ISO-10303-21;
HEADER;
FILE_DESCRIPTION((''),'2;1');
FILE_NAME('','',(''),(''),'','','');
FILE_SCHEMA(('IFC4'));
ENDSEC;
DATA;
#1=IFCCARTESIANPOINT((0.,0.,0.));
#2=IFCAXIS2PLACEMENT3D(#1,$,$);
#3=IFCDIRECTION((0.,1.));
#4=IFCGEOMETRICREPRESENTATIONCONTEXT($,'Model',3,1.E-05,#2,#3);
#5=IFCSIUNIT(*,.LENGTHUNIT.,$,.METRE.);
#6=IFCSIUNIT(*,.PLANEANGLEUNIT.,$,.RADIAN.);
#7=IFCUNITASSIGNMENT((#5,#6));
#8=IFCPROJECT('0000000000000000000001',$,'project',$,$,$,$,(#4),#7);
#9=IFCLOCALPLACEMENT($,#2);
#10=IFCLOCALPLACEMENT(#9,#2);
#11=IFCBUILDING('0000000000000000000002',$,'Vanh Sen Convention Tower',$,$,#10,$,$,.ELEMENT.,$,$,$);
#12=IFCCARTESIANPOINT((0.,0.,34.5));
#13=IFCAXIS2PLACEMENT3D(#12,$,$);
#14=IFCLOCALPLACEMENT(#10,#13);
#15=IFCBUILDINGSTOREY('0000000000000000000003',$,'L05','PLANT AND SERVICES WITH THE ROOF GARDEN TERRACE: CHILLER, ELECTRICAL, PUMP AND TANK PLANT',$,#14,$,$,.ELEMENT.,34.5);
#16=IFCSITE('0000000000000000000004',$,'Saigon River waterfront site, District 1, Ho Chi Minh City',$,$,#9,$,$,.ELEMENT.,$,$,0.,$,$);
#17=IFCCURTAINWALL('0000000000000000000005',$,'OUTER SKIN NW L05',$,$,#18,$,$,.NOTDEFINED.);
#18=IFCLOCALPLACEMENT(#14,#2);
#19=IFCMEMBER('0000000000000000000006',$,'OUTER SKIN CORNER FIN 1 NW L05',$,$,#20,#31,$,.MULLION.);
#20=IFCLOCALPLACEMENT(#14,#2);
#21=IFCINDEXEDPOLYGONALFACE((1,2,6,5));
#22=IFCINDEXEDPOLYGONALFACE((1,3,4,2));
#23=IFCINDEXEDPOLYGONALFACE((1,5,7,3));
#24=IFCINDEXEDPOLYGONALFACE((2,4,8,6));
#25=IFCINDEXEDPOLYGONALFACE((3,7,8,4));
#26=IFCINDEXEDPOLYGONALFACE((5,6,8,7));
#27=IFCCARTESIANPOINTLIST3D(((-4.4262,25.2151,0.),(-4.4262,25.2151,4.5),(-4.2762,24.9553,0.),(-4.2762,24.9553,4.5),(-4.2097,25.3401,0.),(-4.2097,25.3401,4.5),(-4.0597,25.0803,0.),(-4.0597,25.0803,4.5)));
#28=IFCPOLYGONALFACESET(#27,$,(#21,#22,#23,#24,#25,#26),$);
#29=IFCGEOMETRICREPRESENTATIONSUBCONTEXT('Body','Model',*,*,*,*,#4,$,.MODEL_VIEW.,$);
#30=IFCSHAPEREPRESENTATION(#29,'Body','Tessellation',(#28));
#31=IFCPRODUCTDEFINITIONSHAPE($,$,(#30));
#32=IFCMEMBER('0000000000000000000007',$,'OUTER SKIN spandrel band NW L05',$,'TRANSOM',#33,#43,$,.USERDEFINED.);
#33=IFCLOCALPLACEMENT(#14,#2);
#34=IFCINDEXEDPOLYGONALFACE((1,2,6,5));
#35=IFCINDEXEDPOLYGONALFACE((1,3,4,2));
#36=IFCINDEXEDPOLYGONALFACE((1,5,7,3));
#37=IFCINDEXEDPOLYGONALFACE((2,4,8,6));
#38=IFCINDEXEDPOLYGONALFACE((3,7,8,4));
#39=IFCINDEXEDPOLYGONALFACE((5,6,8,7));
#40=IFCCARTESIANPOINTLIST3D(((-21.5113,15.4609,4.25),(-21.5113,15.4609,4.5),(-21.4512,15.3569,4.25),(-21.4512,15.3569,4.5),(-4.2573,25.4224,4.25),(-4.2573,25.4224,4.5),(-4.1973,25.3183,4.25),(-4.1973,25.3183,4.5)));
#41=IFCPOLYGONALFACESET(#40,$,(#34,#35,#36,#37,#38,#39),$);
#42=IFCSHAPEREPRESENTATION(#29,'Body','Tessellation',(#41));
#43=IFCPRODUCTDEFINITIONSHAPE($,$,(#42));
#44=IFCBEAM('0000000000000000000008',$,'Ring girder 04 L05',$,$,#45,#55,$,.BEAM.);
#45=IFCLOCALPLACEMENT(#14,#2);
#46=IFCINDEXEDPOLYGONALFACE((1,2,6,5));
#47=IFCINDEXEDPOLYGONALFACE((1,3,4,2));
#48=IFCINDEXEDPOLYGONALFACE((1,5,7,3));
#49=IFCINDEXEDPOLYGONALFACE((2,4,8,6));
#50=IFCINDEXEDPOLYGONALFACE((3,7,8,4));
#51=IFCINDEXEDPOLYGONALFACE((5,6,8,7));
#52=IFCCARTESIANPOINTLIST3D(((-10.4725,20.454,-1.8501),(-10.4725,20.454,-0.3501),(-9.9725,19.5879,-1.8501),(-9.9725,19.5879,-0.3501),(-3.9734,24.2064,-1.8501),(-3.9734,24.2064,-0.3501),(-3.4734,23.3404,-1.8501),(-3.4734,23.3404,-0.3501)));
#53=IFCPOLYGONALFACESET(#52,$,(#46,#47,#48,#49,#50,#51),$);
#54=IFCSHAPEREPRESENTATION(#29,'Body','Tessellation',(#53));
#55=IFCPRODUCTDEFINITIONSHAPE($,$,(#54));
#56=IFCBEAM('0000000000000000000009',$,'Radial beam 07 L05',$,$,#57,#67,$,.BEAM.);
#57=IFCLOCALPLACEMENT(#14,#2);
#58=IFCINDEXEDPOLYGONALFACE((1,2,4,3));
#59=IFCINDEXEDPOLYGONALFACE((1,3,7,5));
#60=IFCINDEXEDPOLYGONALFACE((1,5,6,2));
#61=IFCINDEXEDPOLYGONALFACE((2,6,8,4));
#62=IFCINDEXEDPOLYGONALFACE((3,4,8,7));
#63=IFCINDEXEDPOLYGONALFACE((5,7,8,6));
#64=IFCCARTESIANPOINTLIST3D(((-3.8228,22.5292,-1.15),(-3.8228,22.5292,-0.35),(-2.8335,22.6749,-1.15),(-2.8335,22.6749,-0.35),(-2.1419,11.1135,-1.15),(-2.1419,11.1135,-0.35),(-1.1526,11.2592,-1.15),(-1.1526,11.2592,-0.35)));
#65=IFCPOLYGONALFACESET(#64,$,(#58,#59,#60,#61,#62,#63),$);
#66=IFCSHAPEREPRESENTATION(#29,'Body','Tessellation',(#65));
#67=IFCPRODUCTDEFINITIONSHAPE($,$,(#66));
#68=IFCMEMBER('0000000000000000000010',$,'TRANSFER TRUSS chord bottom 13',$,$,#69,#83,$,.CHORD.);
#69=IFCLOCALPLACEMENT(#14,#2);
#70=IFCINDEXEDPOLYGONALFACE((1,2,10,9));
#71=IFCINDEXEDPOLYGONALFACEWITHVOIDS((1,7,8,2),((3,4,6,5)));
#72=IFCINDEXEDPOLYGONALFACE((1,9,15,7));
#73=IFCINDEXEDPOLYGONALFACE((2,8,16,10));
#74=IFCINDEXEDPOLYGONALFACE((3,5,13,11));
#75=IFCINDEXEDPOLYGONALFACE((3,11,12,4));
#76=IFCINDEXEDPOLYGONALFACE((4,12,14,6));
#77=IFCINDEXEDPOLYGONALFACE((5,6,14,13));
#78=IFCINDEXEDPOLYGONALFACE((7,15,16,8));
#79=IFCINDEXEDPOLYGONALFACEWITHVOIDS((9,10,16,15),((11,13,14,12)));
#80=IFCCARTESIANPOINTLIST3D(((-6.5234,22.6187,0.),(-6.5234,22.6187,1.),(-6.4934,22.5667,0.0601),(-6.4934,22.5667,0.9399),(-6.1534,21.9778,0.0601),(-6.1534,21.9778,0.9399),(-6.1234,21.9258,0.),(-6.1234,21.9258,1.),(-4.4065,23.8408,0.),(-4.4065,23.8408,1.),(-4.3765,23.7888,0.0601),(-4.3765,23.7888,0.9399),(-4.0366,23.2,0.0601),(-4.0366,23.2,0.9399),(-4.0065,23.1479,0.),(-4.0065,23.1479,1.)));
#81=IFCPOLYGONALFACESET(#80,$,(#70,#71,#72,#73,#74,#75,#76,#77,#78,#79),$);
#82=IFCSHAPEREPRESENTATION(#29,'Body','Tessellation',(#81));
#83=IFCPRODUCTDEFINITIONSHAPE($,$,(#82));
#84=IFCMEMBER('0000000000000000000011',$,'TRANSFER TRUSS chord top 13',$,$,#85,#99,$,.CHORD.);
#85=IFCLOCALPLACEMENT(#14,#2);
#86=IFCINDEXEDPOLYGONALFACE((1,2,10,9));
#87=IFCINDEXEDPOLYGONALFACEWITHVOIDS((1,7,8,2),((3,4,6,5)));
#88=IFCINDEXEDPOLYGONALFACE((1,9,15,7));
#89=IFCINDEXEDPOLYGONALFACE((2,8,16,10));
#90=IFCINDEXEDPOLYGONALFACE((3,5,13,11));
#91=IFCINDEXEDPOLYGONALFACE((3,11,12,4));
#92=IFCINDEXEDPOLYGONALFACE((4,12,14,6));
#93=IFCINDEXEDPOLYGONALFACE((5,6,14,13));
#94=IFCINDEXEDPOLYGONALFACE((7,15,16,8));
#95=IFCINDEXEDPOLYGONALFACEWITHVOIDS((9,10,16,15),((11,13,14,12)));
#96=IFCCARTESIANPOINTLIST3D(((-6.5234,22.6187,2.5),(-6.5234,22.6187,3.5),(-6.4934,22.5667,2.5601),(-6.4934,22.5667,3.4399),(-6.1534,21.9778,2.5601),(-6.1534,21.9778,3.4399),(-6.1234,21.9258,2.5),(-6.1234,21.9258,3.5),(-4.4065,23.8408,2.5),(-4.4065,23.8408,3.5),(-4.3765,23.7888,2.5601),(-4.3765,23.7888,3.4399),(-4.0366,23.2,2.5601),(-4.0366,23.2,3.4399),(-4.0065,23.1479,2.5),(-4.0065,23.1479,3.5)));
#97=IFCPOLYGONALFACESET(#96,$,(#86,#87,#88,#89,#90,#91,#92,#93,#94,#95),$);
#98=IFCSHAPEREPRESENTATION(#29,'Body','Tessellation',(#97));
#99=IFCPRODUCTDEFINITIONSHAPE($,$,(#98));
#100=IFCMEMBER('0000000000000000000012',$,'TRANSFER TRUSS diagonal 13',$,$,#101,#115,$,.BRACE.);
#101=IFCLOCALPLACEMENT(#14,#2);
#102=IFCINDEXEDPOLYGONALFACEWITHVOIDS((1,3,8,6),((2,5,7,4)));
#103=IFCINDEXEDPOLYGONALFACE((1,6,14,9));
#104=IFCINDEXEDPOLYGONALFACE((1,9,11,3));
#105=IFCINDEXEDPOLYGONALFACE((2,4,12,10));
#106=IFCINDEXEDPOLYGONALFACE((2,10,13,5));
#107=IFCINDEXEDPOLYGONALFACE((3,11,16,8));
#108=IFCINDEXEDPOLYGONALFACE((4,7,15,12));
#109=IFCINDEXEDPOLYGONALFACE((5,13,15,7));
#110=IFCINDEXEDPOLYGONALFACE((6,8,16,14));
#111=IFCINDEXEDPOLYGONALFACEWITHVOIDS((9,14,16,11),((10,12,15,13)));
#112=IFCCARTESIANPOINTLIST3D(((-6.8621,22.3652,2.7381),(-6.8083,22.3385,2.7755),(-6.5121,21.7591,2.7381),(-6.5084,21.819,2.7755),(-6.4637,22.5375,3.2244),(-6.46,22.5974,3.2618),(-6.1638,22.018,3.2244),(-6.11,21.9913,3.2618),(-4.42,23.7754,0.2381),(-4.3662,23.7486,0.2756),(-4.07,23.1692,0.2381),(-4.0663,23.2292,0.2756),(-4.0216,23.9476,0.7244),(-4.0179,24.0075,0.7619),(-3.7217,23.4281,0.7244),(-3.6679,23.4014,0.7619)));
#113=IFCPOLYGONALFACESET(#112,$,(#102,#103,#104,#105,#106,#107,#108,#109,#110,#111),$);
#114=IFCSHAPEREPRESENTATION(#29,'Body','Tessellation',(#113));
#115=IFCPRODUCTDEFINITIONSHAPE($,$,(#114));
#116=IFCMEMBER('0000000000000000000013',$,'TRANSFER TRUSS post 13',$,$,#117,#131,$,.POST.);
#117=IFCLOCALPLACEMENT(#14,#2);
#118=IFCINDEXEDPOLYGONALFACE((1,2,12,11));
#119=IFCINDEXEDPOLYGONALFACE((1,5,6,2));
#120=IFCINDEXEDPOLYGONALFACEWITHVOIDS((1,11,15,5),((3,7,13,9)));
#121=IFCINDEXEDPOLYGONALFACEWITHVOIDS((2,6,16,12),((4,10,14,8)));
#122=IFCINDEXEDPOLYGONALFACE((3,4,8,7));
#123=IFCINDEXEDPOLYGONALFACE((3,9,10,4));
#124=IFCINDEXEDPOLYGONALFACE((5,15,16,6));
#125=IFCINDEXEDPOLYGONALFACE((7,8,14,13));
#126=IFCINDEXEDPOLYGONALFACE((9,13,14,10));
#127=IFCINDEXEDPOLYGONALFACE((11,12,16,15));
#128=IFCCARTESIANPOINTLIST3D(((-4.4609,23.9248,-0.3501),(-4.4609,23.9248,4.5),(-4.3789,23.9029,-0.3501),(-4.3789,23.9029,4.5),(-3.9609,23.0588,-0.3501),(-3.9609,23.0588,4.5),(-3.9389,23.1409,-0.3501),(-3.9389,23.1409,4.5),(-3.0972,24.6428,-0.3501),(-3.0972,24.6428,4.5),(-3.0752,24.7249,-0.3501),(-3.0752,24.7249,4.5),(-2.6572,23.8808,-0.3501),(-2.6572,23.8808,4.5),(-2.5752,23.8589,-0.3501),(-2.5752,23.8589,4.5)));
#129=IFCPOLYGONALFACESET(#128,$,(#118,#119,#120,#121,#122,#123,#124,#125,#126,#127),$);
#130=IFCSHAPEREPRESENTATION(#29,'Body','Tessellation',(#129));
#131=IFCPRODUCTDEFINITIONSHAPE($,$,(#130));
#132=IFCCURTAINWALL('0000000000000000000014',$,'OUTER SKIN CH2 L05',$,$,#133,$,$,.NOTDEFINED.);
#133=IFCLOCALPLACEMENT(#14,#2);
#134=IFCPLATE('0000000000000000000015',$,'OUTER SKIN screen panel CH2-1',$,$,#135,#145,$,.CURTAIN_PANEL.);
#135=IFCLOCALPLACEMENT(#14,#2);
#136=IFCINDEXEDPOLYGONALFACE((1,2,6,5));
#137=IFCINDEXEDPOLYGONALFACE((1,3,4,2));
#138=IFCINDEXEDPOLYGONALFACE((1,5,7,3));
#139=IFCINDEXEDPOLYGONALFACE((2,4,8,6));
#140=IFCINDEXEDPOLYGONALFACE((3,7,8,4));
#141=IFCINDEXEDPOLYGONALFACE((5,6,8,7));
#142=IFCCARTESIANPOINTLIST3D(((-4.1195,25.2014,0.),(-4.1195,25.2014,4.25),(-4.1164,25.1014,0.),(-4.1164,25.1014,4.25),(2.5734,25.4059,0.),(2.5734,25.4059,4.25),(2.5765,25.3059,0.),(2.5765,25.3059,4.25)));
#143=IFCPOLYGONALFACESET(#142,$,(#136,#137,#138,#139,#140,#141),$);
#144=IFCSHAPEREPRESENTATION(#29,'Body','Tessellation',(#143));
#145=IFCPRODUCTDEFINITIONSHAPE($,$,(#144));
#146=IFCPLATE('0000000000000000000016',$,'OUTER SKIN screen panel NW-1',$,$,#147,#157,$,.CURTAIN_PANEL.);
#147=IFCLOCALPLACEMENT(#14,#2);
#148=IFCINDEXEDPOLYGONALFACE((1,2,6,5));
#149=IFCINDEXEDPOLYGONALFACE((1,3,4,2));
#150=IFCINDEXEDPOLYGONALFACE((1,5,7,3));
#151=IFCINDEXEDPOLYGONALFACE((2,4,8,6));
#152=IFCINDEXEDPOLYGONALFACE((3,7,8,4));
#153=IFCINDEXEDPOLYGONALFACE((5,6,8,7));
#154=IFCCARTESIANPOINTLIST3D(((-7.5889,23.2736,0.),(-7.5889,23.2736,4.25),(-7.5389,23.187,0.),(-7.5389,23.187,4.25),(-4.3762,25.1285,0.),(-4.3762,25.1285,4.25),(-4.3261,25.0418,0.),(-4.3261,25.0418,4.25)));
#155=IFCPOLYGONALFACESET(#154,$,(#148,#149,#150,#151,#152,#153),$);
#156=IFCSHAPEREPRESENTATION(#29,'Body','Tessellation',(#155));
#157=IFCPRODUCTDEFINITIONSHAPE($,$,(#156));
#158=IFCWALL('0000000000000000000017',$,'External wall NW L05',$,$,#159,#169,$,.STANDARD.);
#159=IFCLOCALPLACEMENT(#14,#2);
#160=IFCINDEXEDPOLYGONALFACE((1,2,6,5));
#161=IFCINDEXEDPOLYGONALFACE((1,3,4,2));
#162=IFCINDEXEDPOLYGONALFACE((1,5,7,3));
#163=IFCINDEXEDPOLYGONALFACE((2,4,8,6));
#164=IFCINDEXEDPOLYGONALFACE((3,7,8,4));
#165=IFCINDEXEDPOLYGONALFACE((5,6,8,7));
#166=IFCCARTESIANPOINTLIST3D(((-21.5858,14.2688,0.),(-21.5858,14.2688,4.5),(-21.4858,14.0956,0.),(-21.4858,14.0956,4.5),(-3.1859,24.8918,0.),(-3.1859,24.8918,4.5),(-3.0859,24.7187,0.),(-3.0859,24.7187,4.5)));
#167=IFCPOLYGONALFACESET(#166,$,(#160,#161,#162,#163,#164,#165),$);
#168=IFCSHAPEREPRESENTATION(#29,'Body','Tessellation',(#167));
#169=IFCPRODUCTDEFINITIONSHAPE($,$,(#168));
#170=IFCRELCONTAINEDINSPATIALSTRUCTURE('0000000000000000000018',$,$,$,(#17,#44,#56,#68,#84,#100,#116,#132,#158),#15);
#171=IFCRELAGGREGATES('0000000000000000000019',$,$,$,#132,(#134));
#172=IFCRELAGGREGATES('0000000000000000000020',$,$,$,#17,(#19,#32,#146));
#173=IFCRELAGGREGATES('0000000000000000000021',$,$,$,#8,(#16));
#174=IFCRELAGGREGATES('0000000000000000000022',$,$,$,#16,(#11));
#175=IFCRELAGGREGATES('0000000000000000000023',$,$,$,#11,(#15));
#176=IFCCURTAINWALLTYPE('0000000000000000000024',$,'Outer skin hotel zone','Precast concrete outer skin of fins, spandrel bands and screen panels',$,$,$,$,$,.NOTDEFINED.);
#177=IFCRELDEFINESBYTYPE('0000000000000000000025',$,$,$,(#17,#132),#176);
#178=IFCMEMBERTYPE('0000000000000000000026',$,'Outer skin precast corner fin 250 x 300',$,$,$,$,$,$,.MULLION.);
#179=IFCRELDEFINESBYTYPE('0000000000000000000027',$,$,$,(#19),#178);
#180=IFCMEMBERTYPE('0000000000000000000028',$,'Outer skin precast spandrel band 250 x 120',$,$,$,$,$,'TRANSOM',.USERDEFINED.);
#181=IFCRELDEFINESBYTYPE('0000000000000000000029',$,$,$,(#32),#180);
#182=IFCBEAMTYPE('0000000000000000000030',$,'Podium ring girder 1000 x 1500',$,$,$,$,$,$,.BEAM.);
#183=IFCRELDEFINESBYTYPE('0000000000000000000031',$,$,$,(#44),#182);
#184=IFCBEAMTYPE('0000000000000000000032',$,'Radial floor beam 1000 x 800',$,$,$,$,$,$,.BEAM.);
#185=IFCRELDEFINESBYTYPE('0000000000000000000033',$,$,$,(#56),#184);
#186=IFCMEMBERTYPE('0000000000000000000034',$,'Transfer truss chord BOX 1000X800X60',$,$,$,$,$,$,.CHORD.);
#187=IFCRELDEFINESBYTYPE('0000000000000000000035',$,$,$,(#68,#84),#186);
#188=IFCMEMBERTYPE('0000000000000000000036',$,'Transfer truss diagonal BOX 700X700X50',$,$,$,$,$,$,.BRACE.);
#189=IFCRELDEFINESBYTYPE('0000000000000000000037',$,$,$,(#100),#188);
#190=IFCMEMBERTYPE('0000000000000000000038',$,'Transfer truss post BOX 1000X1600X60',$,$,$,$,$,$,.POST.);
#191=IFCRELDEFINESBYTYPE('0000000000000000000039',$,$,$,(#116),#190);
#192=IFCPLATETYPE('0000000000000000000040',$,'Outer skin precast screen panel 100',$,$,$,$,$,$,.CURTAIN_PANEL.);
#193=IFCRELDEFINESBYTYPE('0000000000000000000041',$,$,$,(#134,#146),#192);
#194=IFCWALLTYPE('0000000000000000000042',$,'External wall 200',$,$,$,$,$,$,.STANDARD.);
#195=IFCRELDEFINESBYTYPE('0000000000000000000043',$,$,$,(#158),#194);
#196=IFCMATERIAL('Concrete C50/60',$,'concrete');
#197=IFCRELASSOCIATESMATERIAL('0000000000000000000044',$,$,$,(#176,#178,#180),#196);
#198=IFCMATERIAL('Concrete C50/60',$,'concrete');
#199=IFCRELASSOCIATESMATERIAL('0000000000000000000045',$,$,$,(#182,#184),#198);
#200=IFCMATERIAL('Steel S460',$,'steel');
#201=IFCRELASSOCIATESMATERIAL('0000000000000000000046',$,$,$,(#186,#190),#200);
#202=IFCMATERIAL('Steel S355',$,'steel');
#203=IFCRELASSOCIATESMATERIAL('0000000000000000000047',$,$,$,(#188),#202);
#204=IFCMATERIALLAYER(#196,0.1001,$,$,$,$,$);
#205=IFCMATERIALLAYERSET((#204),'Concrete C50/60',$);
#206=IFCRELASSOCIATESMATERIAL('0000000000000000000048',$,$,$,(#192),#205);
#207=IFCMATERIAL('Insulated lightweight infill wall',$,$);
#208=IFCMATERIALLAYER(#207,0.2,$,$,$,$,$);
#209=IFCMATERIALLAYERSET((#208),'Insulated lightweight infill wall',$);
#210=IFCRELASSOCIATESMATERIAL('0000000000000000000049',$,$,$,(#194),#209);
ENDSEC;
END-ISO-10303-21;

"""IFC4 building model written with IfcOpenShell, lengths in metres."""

from ifc_helpers import new_model, si_unit, direction, frame, frame_2d, origin, origin_2d, place, context, subcontext, project, spatial, rectangle, hollow_rectangle, extrude, material, layer, layer_set, material_profile, profile_set, type_object, element, aggregate, save


model = new_model("IFC4")

# Units and contexts
model_context = context("Model", 3, precision=1e-05, world=origin(), true_north=direction((0.0, 1.0)))
body_context = subcontext(model_context, "Body", "Model", "MODEL_VIEW")
ifc_project = project(units=[si_unit("LENGTHUNIT", "METRE"), si_unit("PLANEANGLEUNIT", "RADIAN")], contexts=[model_context])

# Site, building, storey
site_placement = place(None, origin())
site = spatial("IfcSite", under=ifc_project, at=site_placement, Name="Saigon River waterfront site, District 1, Ho Chi Minh City", CompositionType="ELEMENT", RefElevation=0.0)
building_placement = place(site_placement, origin())
building = spatial("IfcBuilding", under=site, at=building_placement, Name="Vanh Sen Convention Tower", CompositionType="ELEMENT")
storey_placement = place(building_placement, frame((0.0, 0.0, 34.5)))
storey = spatial("IfcBuildingStorey", under=building, at=storey_placement, Name="L05", Description="PLANT AND SERVICES WITH THE ROOF GARDEN TERRACE: CHILLER, ELECTRICAL, PUMP AND TANK PLANT", CompositionType="ELEMENT", Elevation=34.5)

# Curtain wall, members
ifc_material_1 = material(Name="Concrete C50/60", Category="concrete")
curtain_wall_type = type_object("IfcCurtainWallType", Name="Outer skin hotel zone", Description="Precast concrete outer skin of fins, spandrel bands and screen panels", PredefinedType="NOTDEFINED", material=ifc_material_1)
curtain_wall_1_placement = place(storey_placement, origin())
curtain_wall_1 = element("IfcCurtainWall", 1, at=curtain_wall_1_placement, inside=storey, type_object=curtain_wall_type, Name="OUTER SKIN NW L05", PredefinedType="NOTDEFINED")
ifc_material_profile_1 = material_profile(ifc_material_1, rectangle(XDim=0.25, YDim=0.3, at=origin_2d()), Name="Outer skin precast corner fin 250 x 300")
ifc_profile_set_1 = profile_set([ifc_material_profile_1], Name="Concrete C50/60")
member_type_1 = type_object("IfcMemberType", Name="Outer skin precast corner fin 250 x 300", PredefinedType="MULLION", material=ifc_profile_set_1)
member_1_placement = place(storey_placement, frame((-4.2429, 25.1477, 0.0), z_axis=(0.0, 0.0, 1.0), x_axis=(-0.866025, -0.5, 0.0)))
member_1 = element("IfcMember", 2, at=member_1_placement, type_object=member_type_1, Name="OUTER SKIN CORNER FIN 1 NW L05", PredefinedType="MULLION", context=body_context, shape_type="SweptSolid", body=[
    extrude(rectangle(XDim=0.25, YDim=0.3, at=origin_2d()), origin(), (0.0, 0.0, 1.0), 4.5),
])
ifc_material_profile_2 = material_profile(ifc_material_1, rectangle(XDim=0.1201, YDim=0.25, at=origin_2d()), Name="Outer skin precast spandrel band 250 x 120")
ifc_profile_set_2 = profile_set([ifc_material_profile_2], Name="Concrete C50/60")
member_type_2 = type_object("IfcMemberType", Name="Outer skin precast spandrel band 250 x 120", ElementType="TRANSOM", PredefinedType="USERDEFINED", material=ifc_profile_set_2)
member_2_placement = place(storey_placement, frame((-4.2273, 25.3704, 4.375), z_axis=(-0.866028, -0.499995, 0.0), x_axis=(0.499995, -0.866028, 0.0)))
member_2 = element("IfcMember", 3, at=member_2_placement, type_object=member_type_2, Name="OUTER SKIN spandrel band NW L05", ObjectType="TRANSOM", PredefinedType="USERDEFINED", context=body_context, shape_type="SweptSolid", body=[
    extrude(rectangle(XDim=0.1201, YDim=0.25, at=origin_2d()), origin(), (0.0, 0.0, 1.0), 19.9231),
])

# Beams
ifc_material_2 = material(Name="Concrete C50/60", Category="concrete")
ifc_material_profile_3 = material_profile(ifc_material_2, rectangle(XDim=1.0, YDim=1.5, at=origin_2d()), Name="RC 1000X1500")
ifc_profile_set_3 = profile_set([ifc_material_profile_3], Name="Concrete C50/60")
beam_type_1 = type_object("IfcBeamType", Name="Podium ring girder 1000 x 1500", PredefinedType="BEAM", material=ifc_profile_set_3)
beam_1_placement = place(storey_placement, frame((-3.7234, 23.7734, -1.1001), z_axis=(-0.866012, -0.500023, 0.0), x_axis=(0.500023, -0.866012, 0.0)))
element("IfcBeam", 4, at=beam_1_placement, inside=storey, type_object=beam_type_1, Name="Ring girder 04 L05", PredefinedType="BEAM", context=body_context, shape_type="SweptSolid", body=[
    extrude(rectangle(XDim=1.0, YDim=1.5, at=origin_2d()), origin(), (0.0, 0.0, 1.0), 7.5046),
])
ifc_material_profile_4 = material_profile(ifc_material_2, rectangle(XDim=1.0, YDim=0.8, at=origin_2d()), Name="RC 1000X800")
ifc_profile_set_4 = profile_set([ifc_material_profile_4], Name="Concrete C50/60")
beam_type_2 = type_object("IfcBeamType", Name="Radial floor beam 1000 x 800", PredefinedType="BEAM", material=ifc_profile_set_4)
beam_2_placement = place(storey_placement, frame((-3.3281, 22.6021, -0.75), z_axis=(0.145674, -0.989333, 0.0), x_axis=(0.989333, 0.145674, 0.0)))
element("IfcBeam", 5, at=beam_2_placement, inside=storey, type_object=beam_type_2, Name="Radial beam 07 L05", PredefinedType="BEAM", context=body_context, shape_type="SweptSolid", body=[
    extrude(rectangle(XDim=1.0, YDim=0.8, at=origin_2d()), origin(), (0.0, 0.0, 1.0), 11.5388),
])

# Members
ifc_material_3 = material(Name="Steel S460", Category="steel")
ifc_material_profile_5 = material_profile(ifc_material_3, hollow_rectangle(XDim=0.8, YDim=1.0, WallThickness=0.0601, at=origin_2d()), Name="BOX 1000X800X60")
ifc_profile_set_5 = profile_set([ifc_material_profile_5], Name="Steel S460")
member_type_3 = type_object("IfcMemberType", Name="Transfer truss chord BOX 1000X800X60", PredefinedType="CHORD", material=ifc_profile_set_5)
for number, where, z_axis, x_axis, name in (
    (6, (-4.2065, 23.4944, 0.5), (-0.866034, -0.499985, 0.0), (0.499985, -0.866034, 0.0), "TRANSFER TRUSS chord bottom 13"),
    (7, (-4.2065, 23.4944, 3.0), (-0.866034, -0.499985, 0.0), (0.499985, -0.866034, 0.0), "TRANSFER TRUSS chord top 13"),
):
    element("IfcMember", number, at=place(storey_placement, frame(where, z_axis=z_axis, x_axis=x_axis)), inside=storey, type_object=member_type_3, Name=name, PredefinedType="CHORD", context=body_context, shape_type="SweptSolid", body=[
        extrude(hollow_rectangle(XDim=0.8, YDim=1.0, WallThickness=0.0601, at=origin_2d()), origin(), (0.0, 0.0, 1.0), 2.4443),
    ])
ifc_material_4 = material(Name="Steel S355", Category="steel")
ifc_material_profile_6 = material_profile(ifc_material_4, hollow_rectangle(XDim=0.7, YDim=0.7, WallThickness=0.05, at=origin_2d()), Name="BOX 700X700X50")
ifc_profile_set_6 = profile_set([ifc_material_profile_6], Name="Steel S355")
member_type_4 = type_object("IfcMemberType", Name="Transfer truss diagonal BOX 700X700X50", PredefinedType="BRACE", material=ifc_profile_set_6)
member_3_placement = place(storey_placement, frame((-4.0439, 23.5884, 0.5), z_axis=(-0.648017, -0.374183, 0.663371), x_axis=(0.50005, -0.865997, 0.0)))
element("IfcMember", 8, at=member_3_placement, inside=storey, type_object=member_type_4, Name="TRANSFER TRUSS diagonal 13", PredefinedType="BRACE", context=body_context, shape_type="SweptSolid", body=[
    extrude(hollow_rectangle(XDim=0.7, YDim=0.7, WallThickness=0.05, at=origin_2d()), origin(), (0.0, 0.0, 1.0), 3.7686),
])
ifc_material_profile_7 = material_profile(ifc_material_3, hollow_rectangle(XDim=1.6001, YDim=1.0, WallThickness=0.0601, at=origin_2d()), Name="BOX 1000X1600X60")
ifc_profile_set_7 = profile_set([ifc_material_profile_7], Name="Steel S460")
member_type_5 = type_object("IfcMemberType", Name="Transfer truss post BOX 1000X1600X60", PredefinedType="POST", material=ifc_profile_set_7)
member_4_placement = place(storey_placement, frame((-3.5181, 23.8918, -0.3501), z_axis=(0.0, 0.0, 1.0), x_axis=(-0.866025, -0.5, 0.0)))
element("IfcMember", 9, at=member_4_placement, inside=storey, type_object=member_type_5, Name="TRANSFER TRUSS post 13", PredefinedType="POST", context=body_context, shape_type="SweptSolid", body=[
    extrude(hollow_rectangle(XDim=1.6001, YDim=1.0, WallThickness=0.0601, at=origin_2d()), origin(), (0.0, 0.0, 1.0), 4.8501),
])

# Curtain wall, plate
curtain_wall_2_placement = place(storey_placement, origin())
curtain_wall_2 = element("IfcCurtainWall", 10, at=curtain_wall_2_placement, inside=storey, type_object=curtain_wall_type, Name="OUTER SKIN CH2 L05", PredefinedType="NOTDEFINED")
ifc_layer_1 = layer(ifc_material_1, 0.1001)
ifc_layer_set_1 = layer_set([ifc_layer_1], Name="Concrete C50/60")
plate_type = type_object("IfcPlateType", Name="Outer skin precast screen panel 100", PredefinedType="CURTAIN_PANEL", material=ifc_layer_set_1)
plate_1_placement = place(storey_placement, frame((-0.7715, 25.2537, 0.0), z_axis=(0.0, 0.0, 1.0), x_axis=(-0.999534, -0.030537, 0.0)))
plate_1 = element("IfcPlate", 11, at=plate_1_placement, type_object=plate_type, Name="OUTER SKIN screen panel CH2-1", PredefinedType="CURTAIN_PANEL", context=body_context, shape_type="SweptSolid", body=[
    extrude(rectangle(XDim=6.696, YDim=0.1001, at=origin_2d()), origin(), (0.0, 0.0, 1.0), 4.25),
])
aggregate(curtain_wall_2, [plate_1])

# Plate
plate_2_placement = place(storey_placement, frame((-5.9575, 24.1577, 0.0), z_axis=(0.0, 0.0, 1.0), x_axis=(-0.866028, -0.499995, 0.0)))
plate_2 = element("IfcPlate", 12, at=plate_2_placement, type_object=plate_type, Name="OUTER SKIN screen panel NW-1", PredefinedType="CURTAIN_PANEL", context=body_context, shape_type="SweptSolid", body=[
    extrude(rectangle(XDim=3.7097, YDim=0.1001, at=origin_2d()), origin(), (0.0, 0.0, 1.0), 4.25),
])
aggregate(curtain_wall_1, [member_1, member_2, plate_2])

# Wall
ifc_material_5 = material(Name="Insulated lightweight infill wall")
ifc_layer_2 = layer(ifc_material_5, 0.2)
ifc_layer_set_2 = layer_set([ifc_layer_2], Name="Insulated lightweight infill wall")
wall_type = type_object("IfcWallType", Name="External wall 200", PredefinedType="STANDARD", material=ifc_layer_set_2)
wall_placement = place(storey_placement, frame((-3.136, 24.8052, 0.0), z_axis=(0.0, 0.0, 1.0), x_axis=(-0.866028, -0.499995, 0.0)))
element("IfcWall", 13, at=wall_placement, inside=storey, type_object=wall_type, Name="External wall NW L05", PredefinedType="STANDARD", context=body_context, shape_type="SweptSolid", body=[
    extrude(rectangle(XDim=21.2463, YDim=0.2, at=frame_2d((10.623, 0.0))), origin(), (0.0, 0.0, 1.0), 4.5),
])

save(model, "model.ifc")
